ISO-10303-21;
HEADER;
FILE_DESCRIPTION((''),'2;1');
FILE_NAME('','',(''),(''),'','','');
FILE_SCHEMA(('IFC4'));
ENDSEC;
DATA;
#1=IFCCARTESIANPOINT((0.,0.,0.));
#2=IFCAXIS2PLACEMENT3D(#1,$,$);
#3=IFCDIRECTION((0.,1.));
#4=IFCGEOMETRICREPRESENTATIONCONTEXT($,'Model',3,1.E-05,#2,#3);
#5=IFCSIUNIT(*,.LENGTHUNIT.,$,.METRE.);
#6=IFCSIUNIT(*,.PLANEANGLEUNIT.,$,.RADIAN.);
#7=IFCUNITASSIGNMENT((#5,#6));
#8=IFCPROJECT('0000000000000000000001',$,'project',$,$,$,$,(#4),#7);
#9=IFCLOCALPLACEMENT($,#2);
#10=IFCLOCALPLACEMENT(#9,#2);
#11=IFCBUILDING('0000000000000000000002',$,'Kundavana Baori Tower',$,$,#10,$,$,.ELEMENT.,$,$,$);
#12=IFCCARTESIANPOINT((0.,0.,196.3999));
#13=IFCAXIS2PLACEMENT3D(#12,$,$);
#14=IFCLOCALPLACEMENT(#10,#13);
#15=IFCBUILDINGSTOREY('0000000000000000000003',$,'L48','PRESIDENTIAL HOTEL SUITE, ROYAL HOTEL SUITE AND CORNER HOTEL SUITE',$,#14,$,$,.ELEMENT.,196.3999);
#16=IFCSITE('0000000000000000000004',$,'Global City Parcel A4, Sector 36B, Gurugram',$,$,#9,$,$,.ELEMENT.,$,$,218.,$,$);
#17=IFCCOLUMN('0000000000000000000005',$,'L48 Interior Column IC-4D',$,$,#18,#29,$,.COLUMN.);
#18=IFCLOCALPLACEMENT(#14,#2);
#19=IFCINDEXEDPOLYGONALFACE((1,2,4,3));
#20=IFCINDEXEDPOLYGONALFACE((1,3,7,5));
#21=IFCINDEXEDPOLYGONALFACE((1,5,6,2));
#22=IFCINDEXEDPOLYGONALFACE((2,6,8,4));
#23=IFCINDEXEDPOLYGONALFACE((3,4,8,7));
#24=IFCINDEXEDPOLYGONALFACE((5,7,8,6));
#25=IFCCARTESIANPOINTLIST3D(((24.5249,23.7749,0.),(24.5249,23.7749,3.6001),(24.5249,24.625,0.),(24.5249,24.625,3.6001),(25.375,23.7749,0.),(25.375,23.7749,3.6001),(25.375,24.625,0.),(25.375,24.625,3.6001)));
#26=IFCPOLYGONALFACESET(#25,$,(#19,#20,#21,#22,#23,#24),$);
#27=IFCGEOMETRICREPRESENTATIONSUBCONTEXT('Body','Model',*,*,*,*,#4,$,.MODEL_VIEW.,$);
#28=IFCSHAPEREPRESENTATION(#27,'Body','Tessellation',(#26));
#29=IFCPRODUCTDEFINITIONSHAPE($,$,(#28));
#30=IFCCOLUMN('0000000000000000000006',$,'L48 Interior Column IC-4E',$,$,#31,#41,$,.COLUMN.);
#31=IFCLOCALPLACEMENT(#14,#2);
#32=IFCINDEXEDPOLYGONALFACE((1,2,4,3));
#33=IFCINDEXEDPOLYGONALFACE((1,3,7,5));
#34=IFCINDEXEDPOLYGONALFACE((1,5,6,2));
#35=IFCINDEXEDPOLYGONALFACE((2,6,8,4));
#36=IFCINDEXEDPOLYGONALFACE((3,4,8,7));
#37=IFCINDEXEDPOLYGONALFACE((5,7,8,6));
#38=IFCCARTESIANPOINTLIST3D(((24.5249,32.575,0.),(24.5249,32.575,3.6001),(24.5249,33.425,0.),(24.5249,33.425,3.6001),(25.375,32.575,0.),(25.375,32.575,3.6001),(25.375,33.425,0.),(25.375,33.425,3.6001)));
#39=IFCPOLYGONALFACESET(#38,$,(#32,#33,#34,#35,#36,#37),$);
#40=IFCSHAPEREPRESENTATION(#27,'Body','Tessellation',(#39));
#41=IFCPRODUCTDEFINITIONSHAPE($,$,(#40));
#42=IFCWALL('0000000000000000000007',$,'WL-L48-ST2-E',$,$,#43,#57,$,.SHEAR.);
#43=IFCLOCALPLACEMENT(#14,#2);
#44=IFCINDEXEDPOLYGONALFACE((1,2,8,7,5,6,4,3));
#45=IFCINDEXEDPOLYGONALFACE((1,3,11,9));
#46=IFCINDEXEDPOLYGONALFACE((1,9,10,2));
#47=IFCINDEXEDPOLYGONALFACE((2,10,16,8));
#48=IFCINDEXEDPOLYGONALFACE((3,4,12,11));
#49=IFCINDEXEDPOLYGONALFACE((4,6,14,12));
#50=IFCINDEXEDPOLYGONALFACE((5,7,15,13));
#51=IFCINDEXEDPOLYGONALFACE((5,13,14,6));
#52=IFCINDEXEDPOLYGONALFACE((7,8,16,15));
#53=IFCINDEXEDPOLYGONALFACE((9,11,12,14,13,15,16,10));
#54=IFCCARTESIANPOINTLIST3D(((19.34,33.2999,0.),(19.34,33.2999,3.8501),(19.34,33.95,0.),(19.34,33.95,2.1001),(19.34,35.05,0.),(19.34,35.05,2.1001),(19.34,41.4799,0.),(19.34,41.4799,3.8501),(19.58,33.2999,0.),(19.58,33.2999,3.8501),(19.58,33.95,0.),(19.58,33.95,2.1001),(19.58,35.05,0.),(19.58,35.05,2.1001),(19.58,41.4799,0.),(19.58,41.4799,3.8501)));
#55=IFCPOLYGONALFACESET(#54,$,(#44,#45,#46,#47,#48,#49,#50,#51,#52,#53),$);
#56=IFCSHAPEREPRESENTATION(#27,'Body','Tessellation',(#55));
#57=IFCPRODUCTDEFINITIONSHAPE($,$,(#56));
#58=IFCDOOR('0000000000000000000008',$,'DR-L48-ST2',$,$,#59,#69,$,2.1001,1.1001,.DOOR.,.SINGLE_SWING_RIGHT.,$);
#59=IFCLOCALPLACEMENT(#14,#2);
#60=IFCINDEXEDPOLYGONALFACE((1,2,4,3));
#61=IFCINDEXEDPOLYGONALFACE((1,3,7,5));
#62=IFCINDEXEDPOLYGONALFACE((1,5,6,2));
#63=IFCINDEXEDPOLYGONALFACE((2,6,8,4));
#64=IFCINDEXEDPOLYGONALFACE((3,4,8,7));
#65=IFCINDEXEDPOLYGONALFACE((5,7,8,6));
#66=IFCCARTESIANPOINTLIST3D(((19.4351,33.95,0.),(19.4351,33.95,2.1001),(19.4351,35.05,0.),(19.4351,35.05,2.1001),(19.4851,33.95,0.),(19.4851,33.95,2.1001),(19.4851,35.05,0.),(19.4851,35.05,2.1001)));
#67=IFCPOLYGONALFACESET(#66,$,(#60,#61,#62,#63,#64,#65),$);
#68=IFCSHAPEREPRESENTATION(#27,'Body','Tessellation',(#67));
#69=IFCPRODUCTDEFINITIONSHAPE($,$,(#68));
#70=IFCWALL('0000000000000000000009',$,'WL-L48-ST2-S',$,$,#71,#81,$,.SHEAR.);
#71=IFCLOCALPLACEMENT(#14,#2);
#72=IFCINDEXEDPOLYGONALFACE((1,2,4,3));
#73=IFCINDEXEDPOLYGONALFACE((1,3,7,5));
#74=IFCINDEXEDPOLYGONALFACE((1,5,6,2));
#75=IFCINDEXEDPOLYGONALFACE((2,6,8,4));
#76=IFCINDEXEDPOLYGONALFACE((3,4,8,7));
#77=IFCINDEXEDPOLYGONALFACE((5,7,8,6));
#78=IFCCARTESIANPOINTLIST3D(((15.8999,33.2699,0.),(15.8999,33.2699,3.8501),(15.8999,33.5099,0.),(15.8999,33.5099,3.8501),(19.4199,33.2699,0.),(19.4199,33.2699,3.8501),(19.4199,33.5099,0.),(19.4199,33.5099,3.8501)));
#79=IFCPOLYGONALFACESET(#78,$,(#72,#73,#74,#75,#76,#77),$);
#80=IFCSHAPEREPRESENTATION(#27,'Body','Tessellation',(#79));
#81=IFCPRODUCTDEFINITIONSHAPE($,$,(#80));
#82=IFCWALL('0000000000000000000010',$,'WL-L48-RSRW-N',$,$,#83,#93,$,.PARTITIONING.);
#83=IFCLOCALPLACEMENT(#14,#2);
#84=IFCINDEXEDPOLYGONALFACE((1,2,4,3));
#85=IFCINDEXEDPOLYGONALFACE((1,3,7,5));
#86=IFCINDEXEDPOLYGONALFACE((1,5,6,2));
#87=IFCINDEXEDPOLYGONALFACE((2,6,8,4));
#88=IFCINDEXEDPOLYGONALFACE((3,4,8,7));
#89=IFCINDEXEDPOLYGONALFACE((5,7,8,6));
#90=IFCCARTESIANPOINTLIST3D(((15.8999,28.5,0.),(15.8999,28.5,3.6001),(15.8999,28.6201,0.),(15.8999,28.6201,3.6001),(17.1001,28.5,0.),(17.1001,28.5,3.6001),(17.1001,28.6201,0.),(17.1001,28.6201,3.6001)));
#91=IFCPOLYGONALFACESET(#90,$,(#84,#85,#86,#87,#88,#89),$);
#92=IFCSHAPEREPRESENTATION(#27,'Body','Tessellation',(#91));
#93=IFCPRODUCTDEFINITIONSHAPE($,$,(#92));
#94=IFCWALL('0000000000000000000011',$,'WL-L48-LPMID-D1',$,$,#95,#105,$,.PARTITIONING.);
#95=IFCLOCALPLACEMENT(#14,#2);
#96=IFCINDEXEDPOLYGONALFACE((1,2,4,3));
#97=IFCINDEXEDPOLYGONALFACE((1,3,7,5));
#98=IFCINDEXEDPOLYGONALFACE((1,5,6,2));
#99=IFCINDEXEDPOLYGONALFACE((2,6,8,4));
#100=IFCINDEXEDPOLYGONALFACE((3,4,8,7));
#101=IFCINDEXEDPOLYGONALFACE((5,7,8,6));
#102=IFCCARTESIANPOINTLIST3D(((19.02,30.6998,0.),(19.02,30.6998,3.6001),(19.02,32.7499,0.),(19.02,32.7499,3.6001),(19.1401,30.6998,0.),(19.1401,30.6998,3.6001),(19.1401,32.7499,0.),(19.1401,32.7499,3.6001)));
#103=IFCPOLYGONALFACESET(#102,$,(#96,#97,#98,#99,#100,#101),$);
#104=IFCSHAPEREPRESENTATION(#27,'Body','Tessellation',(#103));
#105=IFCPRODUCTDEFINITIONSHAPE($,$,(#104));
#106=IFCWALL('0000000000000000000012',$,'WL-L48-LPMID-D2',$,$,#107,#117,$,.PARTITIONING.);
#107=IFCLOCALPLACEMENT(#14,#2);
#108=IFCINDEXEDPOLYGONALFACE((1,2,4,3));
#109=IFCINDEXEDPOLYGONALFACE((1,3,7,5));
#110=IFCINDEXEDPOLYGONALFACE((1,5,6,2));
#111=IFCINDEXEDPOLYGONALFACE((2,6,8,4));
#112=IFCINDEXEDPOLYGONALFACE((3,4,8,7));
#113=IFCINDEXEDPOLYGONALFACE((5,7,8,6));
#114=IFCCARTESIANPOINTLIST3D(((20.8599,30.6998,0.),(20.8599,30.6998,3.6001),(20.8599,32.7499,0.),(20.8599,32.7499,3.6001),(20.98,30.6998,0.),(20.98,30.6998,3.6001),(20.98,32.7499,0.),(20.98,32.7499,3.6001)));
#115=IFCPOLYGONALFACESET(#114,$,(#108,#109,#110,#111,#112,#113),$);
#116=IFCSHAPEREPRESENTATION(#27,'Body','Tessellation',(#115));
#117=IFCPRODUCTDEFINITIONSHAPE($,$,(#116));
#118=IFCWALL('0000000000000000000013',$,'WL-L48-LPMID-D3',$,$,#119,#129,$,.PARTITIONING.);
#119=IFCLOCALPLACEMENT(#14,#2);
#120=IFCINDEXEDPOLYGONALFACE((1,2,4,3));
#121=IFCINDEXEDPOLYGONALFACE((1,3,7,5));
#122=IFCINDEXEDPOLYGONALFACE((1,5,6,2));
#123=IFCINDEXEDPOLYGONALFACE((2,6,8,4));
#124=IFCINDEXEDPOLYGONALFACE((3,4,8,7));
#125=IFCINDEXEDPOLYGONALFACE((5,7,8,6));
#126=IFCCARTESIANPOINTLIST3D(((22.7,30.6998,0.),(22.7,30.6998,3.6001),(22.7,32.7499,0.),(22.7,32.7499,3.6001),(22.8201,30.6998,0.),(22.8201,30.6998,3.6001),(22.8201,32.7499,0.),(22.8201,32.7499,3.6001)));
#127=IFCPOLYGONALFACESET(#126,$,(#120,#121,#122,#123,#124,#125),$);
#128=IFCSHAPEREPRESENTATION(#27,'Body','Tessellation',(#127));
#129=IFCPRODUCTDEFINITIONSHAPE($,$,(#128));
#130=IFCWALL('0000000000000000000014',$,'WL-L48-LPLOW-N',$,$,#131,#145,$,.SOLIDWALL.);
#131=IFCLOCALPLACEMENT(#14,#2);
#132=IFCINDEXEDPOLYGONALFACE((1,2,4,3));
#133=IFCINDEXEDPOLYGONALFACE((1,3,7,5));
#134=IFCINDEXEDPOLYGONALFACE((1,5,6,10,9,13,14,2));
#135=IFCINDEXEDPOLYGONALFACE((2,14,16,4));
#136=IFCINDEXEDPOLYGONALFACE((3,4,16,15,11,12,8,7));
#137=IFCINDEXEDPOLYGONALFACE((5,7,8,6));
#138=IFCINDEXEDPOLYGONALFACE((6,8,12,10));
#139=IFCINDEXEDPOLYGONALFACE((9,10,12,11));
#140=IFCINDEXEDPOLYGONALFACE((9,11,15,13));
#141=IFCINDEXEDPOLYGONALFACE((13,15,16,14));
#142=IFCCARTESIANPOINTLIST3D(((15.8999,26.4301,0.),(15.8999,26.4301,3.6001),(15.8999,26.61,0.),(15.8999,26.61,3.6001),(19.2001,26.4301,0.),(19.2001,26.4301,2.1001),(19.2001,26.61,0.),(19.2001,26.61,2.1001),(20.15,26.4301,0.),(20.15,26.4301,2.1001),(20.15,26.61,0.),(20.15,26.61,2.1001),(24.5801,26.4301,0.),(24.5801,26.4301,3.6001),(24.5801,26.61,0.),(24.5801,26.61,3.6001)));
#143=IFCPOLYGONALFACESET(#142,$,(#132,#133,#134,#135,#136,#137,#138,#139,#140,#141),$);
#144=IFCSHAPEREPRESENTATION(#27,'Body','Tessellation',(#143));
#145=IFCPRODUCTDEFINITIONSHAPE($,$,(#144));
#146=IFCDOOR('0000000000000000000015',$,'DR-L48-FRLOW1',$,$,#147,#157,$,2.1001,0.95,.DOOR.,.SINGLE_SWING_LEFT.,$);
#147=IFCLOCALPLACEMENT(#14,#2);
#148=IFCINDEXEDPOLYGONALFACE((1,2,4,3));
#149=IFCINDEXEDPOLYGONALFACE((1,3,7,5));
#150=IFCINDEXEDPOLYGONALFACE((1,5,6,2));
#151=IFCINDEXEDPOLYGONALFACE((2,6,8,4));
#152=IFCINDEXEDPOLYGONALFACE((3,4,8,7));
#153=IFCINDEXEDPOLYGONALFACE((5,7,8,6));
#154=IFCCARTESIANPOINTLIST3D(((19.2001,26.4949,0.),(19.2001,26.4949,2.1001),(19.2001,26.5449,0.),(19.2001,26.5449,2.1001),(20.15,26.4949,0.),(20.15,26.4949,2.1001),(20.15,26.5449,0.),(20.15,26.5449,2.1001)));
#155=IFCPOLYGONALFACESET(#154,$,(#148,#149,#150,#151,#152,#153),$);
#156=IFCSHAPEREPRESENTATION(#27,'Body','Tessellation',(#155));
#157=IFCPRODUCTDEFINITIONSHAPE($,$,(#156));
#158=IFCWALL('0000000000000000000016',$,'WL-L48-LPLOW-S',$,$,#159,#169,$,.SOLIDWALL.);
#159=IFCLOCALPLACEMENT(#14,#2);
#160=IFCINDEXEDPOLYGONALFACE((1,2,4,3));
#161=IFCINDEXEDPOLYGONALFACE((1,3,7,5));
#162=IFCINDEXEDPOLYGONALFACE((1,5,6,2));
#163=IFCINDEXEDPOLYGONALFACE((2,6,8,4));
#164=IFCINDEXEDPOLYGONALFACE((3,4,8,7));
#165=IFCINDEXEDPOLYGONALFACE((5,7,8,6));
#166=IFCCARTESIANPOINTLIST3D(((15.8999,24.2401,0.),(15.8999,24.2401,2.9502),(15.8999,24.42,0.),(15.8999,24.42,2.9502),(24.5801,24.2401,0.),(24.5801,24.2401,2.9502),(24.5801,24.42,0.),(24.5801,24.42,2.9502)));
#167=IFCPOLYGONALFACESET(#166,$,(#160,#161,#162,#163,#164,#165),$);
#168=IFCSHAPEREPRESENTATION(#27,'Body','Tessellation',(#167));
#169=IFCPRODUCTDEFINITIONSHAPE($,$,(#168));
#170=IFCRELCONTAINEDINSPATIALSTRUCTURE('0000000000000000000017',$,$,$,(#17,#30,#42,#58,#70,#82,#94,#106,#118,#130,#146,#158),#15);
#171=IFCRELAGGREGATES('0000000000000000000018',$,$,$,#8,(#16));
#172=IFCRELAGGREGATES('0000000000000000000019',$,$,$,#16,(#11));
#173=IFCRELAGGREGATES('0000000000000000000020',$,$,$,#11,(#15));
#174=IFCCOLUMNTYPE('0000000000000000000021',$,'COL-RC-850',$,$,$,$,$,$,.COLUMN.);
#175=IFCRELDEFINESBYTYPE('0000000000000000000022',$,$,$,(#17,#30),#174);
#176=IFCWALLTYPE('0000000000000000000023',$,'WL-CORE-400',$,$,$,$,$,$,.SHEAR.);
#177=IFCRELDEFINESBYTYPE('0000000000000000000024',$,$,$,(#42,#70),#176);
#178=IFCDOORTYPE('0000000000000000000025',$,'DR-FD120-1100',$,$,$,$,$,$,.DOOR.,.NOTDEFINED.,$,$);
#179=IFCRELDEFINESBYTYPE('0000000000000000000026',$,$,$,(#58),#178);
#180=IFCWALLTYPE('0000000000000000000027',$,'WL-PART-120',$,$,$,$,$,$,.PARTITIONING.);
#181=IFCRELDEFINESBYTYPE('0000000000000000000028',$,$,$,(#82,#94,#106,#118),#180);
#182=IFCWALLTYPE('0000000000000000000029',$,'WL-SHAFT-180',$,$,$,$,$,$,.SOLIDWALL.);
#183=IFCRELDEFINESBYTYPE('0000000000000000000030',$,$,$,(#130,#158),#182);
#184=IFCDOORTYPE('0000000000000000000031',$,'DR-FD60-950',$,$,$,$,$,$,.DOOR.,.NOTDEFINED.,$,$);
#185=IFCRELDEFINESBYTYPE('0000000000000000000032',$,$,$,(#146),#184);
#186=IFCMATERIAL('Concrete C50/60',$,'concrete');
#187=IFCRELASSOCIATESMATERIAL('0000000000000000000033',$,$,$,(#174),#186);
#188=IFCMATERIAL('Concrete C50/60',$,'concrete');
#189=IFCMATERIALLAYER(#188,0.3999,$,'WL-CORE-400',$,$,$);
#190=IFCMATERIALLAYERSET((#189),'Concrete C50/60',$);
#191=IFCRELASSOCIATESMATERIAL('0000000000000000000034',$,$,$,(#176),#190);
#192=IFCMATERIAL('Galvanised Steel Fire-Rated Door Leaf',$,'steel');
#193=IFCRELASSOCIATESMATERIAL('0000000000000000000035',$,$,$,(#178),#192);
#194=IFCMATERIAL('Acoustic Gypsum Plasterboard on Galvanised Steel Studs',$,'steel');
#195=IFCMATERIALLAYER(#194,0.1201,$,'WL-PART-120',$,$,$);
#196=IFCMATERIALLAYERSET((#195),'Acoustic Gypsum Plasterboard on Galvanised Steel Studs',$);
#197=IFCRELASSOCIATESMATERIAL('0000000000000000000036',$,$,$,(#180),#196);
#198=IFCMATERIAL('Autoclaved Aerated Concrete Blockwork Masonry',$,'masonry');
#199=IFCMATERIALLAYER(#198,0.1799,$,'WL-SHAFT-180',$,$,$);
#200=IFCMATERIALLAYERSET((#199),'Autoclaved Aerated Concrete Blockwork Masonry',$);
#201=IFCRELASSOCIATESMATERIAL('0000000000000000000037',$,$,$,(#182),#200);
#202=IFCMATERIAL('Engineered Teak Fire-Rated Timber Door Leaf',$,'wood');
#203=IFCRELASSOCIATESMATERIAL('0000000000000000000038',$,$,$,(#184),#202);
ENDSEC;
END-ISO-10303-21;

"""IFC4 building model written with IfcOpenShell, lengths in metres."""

from ifc_helpers import new_model, si_unit, direction, frame, frame_2d, origin, origin_2d, place, context, subcontext, project, spatial, rectangle, extrude, material, layer, layer_set, material_profile, profile_set, type_object, element, fill, save


model = new_model("IFC4")

# Units and contexts
model_context = context("Model", 3, precision=1e-05, world=origin(), true_north=direction((0.0, 1.0)))
body_context = subcontext(model_context, "Body", "Model", "MODEL_VIEW")
ifc_project = project(units=[si_unit("LENGTHUNIT", "METRE"), si_unit("PLANEANGLEUNIT", "RADIAN")], contexts=[model_context])

# Site, building, storey
site_placement = place(None, origin())
site = spatial("IfcSite", under=ifc_project, at=site_placement, Name="Global City Parcel A4, Sector 36B, Gurugram", CompositionType="ELEMENT", RefElevation=218.0)
building_placement = place(site_placement, origin())
building = spatial("IfcBuilding", under=site, at=building_placement, Name="Kundavana Baori Tower", CompositionType="ELEMENT")
storey_placement = place(building_placement, frame((0.0, 0.0, 196.3999)))
storey = spatial("IfcBuildingStorey", under=building, at=storey_placement, Name="L48", Description="PRESIDENTIAL HOTEL SUITE, ROYAL HOTEL SUITE AND CORNER HOTEL SUITE", CompositionType="ELEMENT", Elevation=196.3999)

# Columns
ifc_material_1 = material(Name="Concrete C50/60", Category="concrete")
ifc_material_profile = material_profile(ifc_material_1, rectangle(XDim=0.8501, YDim=0.8501, at=origin_2d()), Name="RC 850x850")
ifc_profile_set = profile_set([ifc_material_profile], Name="Concrete C50/60")
column_type = type_object("IfcColumnType", Name="COL-RC-850", PredefinedType="COLUMN", material=ifc_profile_set)
for number, where, z_axis, x_axis, name in (
    (1, (24.95, 24.2, 0.0), (0.0, 0.0, 1.0), (1.0, 0.0, 0.0), "L48 Interior Column IC-4D"),
    (2, (24.95, 33.0, 0.0), (0.0, 0.0, 1.0), (1.0, 0.0, 0.0), "L48 Interior Column IC-4E"),
):
    element("IfcColumn", number, at=place(storey_placement, frame(where, z_axis=z_axis, x_axis=x_axis)), inside=storey, type_object=column_type, Name=name, PredefinedType="COLUMN", context=body_context, shape_type="SweptSolid", body=[
        extrude(rectangle(XDim=0.8501, YDim=0.8501, at=origin_2d()), origin(), (0.0, 0.0, 1.0), 3.6001),
    ])

# Wall, opening, door
ifc_material_2 = material(Name="Concrete C50/60", Category="concrete")
ifc_layer_1 = layer(ifc_material_2, 0.3999, Name="WL-CORE-400")
ifc_layer_set_1 = layer_set([ifc_layer_1], Name="Concrete C50/60")
wall_type_1 = type_object("IfcWallType", Name="WL-CORE-400", PredefinedType="SHEAR", material=ifc_layer_set_1)
wall_1_placement = place(storey_placement, frame((19.46, 33.3, 0.0), z_axis=(0.0, 0.0, 1.0), x_axis=(0.0, 1.0, 0.0)))
wall_1 = element("IfcWall", 3, at=wall_1_placement, inside=storey, type_object=wall_type_1, Name="WL-L48-ST2-E", PredefinedType="SHEAR", context=body_context, shape_type="SweptSolid", body=[
    extrude(rectangle(XDim=8.1799, YDim=0.24, at=frame_2d((4.0898, 0.0))), origin(), (0.0, 0.0, 1.0), 3.8501),
])
opening_1_placement = place(wall_1_placement, frame((0.6499, 0.0, 0.0)))
opening_1 = element("IfcOpeningElement", 4, at=opening_1_placement, cuts=wall_1, PredefinedType="OPENING", context=body_context, shape_type="SweptSolid", body=[
    extrude(rectangle(XDim=1.1001, YDim=2.1001, at=frame_2d((0.55, 1.05))), frame((0.0, 0.1299, 0.0), z_axis=(0.0, -1.0, 0.0), x_axis=(1.0, 0.0, 0.0)), (0.0, 0.0, 1.0), 0.26),
])
ifc_material_3 = material(Name="Galvanised Steel Fire-Rated Door Leaf", Category="steel")
door_type_1 = type_object("IfcDoorType", Name="DR-FD120-1100", OperationType="NOTDEFINED", PredefinedType="DOOR", material=ifc_material_3)
door_1_placement = place(opening_1_placement, origin())
door_1 = element("IfcDoor", 5, at=door_1_placement, inside=storey, type_object=door_type_1, Name="DR-L48-ST2", OperationType="SINGLE_SWING_RIGHT", OverallHeight=2.1001, OverallWidth=1.1001, PredefinedType="DOOR", context=body_context, shape_type="SweptSolid", body=[
    extrude(rectangle(XDim=1.1001, YDim=2.1001, at=frame_2d((0.55, 1.05))), frame((0.0, 0.0249, 0.0), z_axis=(0.0, -1.0, 0.0), x_axis=(1.0, 0.0, 0.0)), (0.0, 0.0, 1.0), 0.05),
])
fill(opening_1, door_1)

# Walls
wall_2_placement = place(storey_placement, frame((15.8999, 33.3899, 0.0), z_axis=(0.0, 0.0, 1.0), x_axis=(1.0, 0.0, 0.0)))
element("IfcWall", 6, at=wall_2_placement, inside=storey, type_object=wall_type_1, Name="WL-L48-ST2-S", PredefinedType="SHEAR", context=body_context, shape_type="SweptSolid", body=[
    extrude(rectangle(XDim=3.52, YDim=0.24, at=frame_2d((1.76, 0.0))), origin(), (0.0, 0.0, 1.0), 3.8501),
])
ifc_material_4 = material(Name="Acoustic Gypsum Plasterboard on Galvanised Steel Studs", Category="steel")
ifc_layer_2 = layer(ifc_material_4, 0.1201, Name="WL-PART-120")
ifc_layer_set_2 = layer_set([ifc_layer_2], Name="Acoustic Gypsum Plasterboard on Galvanised Steel Studs")
wall_type_2 = type_object("IfcWallType", Name="WL-PART-120", PredefinedType="PARTITIONING", material=ifc_layer_set_2)
wall_3_placement = place(storey_placement, frame((15.8999, 28.5601, 0.0), z_axis=(0.0, 0.0, 1.0), x_axis=(1.0, 0.0, 0.0)))
element("IfcWall", 7, at=wall_3_placement, inside=storey, type_object=wall_type_2, Name="WL-L48-RSRW-N", PredefinedType="PARTITIONING", context=body_context, shape_type="SweptSolid", body=[
    extrude(rectangle(XDim=1.2002, YDim=0.1201, at=frame_2d((0.6001, 0.0))), origin(), (0.0, 0.0, 1.0), 3.6001),
])
for number, where, z_axis, x_axis, name in (
    (8, (19.0801, 30.7, 0.0), (0.0, 0.0, 1.0), (0.0, 1.0, 0.0), "WL-L48-LPMID-D1"),
    (9, (20.9199, 30.7, 0.0), (0.0, 0.0, 1.0), (0.0, 1.0, 0.0), "WL-L48-LPMID-D2"),
    (10, (22.76, 30.7, 0.0), (0.0, 0.0, 1.0), (0.0, 1.0, 0.0), "WL-L48-LPMID-D3"),
):
    element("IfcWall", number, at=place(storey_placement, frame(where, z_axis=z_axis, x_axis=x_axis)), inside=storey, type_object=wall_type_2, Name=name, PredefinedType="PARTITIONING", context=body_context, shape_type="SweptSolid", body=[
        extrude(rectangle(XDim=2.05, YDim=0.1201, at=frame_2d((1.0249, 0.0))), origin(), (0.0, 0.0, 1.0), 3.6001),
    ])

# Wall, opening, door
ifc_material_5 = material(Name="Autoclaved Aerated Concrete Blockwork Masonry", Category="masonry")
ifc_layer_3 = layer(ifc_material_5, 0.1799, Name="WL-SHAFT-180")
ifc_layer_set_3 = layer_set([ifc_layer_3], Name="Autoclaved Aerated Concrete Blockwork Masonry")
wall_type_3 = type_object("IfcWallType", Name="WL-SHAFT-180", PredefinedType="SOLIDWALL", material=ifc_layer_set_3)
wall_4_placement = place(storey_placement, frame((15.8999, 26.52, 0.0), z_axis=(0.0, 0.0, 1.0), x_axis=(1.0, 0.0, 0.0)))
wall_4 = element("IfcWall", 11, at=wall_4_placement, inside=storey, type_object=wall_type_3, Name="WL-L48-LPLOW-N", PredefinedType="SOLIDWALL", context=body_context, shape_type="SweptSolid", body=[
    extrude(rectangle(XDim=8.6802, YDim=0.1799, at=frame_2d((4.3401, 0.0))), origin(), (0.0, 0.0, 1.0), 3.6001),
])
opening_2_placement = place(wall_4_placement, frame((3.3, 0.0, 0.0)))
opening_2 = element("IfcOpeningElement", 12, at=opening_2_placement, cuts=wall_4, PredefinedType="OPENING", context=body_context, shape_type="SweptSolid", body=[
    extrude(rectangle(XDim=0.95, YDim=2.1001, at=frame_2d((0.4751, 1.05))), frame((0.0, 0.1001, 0.0), z_axis=(0.0, -1.0, 0.0), x_axis=(1.0, 0.0, 0.0)), (0.0, 0.0, 1.0), 0.2),
])
ifc_material_6 = material(Name="Engineered Teak Fire-Rated Timber Door Leaf", Category="wood")
door_type_2 = type_object("IfcDoorType", Name="DR-FD60-950", OperationType="NOTDEFINED", PredefinedType="DOOR", material=ifc_material_6)
door_2_placement = place(opening_2_placement, origin())
door_2 = element("IfcDoor", 13, at=door_2_placement, inside=storey, type_object=door_type_2, Name="DR-L48-FRLOW1", OperationType="SINGLE_SWING_LEFT", OverallHeight=2.1001, OverallWidth=0.95, PredefinedType="DOOR", context=body_context, shape_type="SweptSolid", body=[
    extrude(rectangle(XDim=0.95, YDim=2.1001, at=frame_2d((0.4751, 1.05))), frame((0.0, 0.0249, 0.0), z_axis=(0.0, -1.0, 0.0), x_axis=(1.0, 0.0, 0.0)), (0.0, 0.0, 1.0), 0.05),
])
fill(opening_2, door_2)

# Wall
wall_5_placement = place(storey_placement, frame((15.8999, 24.3301, 0.0), z_axis=(0.0, 0.0, 1.0), x_axis=(1.0, 0.0, 0.0)))
element("IfcWall", 14, at=wall_5_placement, inside=storey, type_object=wall_type_3, Name="WL-L48-LPLOW-S", PredefinedType="SOLIDWALL", context=body_context, shape_type="SweptSolid", body=[
    extrude(rectangle(XDim=8.6802, YDim=0.1799, at=frame_2d((4.3401, 0.0))), origin(), (0.0, 0.0, 1.0), 2.9502),
])

save(model, "model.ifc")
